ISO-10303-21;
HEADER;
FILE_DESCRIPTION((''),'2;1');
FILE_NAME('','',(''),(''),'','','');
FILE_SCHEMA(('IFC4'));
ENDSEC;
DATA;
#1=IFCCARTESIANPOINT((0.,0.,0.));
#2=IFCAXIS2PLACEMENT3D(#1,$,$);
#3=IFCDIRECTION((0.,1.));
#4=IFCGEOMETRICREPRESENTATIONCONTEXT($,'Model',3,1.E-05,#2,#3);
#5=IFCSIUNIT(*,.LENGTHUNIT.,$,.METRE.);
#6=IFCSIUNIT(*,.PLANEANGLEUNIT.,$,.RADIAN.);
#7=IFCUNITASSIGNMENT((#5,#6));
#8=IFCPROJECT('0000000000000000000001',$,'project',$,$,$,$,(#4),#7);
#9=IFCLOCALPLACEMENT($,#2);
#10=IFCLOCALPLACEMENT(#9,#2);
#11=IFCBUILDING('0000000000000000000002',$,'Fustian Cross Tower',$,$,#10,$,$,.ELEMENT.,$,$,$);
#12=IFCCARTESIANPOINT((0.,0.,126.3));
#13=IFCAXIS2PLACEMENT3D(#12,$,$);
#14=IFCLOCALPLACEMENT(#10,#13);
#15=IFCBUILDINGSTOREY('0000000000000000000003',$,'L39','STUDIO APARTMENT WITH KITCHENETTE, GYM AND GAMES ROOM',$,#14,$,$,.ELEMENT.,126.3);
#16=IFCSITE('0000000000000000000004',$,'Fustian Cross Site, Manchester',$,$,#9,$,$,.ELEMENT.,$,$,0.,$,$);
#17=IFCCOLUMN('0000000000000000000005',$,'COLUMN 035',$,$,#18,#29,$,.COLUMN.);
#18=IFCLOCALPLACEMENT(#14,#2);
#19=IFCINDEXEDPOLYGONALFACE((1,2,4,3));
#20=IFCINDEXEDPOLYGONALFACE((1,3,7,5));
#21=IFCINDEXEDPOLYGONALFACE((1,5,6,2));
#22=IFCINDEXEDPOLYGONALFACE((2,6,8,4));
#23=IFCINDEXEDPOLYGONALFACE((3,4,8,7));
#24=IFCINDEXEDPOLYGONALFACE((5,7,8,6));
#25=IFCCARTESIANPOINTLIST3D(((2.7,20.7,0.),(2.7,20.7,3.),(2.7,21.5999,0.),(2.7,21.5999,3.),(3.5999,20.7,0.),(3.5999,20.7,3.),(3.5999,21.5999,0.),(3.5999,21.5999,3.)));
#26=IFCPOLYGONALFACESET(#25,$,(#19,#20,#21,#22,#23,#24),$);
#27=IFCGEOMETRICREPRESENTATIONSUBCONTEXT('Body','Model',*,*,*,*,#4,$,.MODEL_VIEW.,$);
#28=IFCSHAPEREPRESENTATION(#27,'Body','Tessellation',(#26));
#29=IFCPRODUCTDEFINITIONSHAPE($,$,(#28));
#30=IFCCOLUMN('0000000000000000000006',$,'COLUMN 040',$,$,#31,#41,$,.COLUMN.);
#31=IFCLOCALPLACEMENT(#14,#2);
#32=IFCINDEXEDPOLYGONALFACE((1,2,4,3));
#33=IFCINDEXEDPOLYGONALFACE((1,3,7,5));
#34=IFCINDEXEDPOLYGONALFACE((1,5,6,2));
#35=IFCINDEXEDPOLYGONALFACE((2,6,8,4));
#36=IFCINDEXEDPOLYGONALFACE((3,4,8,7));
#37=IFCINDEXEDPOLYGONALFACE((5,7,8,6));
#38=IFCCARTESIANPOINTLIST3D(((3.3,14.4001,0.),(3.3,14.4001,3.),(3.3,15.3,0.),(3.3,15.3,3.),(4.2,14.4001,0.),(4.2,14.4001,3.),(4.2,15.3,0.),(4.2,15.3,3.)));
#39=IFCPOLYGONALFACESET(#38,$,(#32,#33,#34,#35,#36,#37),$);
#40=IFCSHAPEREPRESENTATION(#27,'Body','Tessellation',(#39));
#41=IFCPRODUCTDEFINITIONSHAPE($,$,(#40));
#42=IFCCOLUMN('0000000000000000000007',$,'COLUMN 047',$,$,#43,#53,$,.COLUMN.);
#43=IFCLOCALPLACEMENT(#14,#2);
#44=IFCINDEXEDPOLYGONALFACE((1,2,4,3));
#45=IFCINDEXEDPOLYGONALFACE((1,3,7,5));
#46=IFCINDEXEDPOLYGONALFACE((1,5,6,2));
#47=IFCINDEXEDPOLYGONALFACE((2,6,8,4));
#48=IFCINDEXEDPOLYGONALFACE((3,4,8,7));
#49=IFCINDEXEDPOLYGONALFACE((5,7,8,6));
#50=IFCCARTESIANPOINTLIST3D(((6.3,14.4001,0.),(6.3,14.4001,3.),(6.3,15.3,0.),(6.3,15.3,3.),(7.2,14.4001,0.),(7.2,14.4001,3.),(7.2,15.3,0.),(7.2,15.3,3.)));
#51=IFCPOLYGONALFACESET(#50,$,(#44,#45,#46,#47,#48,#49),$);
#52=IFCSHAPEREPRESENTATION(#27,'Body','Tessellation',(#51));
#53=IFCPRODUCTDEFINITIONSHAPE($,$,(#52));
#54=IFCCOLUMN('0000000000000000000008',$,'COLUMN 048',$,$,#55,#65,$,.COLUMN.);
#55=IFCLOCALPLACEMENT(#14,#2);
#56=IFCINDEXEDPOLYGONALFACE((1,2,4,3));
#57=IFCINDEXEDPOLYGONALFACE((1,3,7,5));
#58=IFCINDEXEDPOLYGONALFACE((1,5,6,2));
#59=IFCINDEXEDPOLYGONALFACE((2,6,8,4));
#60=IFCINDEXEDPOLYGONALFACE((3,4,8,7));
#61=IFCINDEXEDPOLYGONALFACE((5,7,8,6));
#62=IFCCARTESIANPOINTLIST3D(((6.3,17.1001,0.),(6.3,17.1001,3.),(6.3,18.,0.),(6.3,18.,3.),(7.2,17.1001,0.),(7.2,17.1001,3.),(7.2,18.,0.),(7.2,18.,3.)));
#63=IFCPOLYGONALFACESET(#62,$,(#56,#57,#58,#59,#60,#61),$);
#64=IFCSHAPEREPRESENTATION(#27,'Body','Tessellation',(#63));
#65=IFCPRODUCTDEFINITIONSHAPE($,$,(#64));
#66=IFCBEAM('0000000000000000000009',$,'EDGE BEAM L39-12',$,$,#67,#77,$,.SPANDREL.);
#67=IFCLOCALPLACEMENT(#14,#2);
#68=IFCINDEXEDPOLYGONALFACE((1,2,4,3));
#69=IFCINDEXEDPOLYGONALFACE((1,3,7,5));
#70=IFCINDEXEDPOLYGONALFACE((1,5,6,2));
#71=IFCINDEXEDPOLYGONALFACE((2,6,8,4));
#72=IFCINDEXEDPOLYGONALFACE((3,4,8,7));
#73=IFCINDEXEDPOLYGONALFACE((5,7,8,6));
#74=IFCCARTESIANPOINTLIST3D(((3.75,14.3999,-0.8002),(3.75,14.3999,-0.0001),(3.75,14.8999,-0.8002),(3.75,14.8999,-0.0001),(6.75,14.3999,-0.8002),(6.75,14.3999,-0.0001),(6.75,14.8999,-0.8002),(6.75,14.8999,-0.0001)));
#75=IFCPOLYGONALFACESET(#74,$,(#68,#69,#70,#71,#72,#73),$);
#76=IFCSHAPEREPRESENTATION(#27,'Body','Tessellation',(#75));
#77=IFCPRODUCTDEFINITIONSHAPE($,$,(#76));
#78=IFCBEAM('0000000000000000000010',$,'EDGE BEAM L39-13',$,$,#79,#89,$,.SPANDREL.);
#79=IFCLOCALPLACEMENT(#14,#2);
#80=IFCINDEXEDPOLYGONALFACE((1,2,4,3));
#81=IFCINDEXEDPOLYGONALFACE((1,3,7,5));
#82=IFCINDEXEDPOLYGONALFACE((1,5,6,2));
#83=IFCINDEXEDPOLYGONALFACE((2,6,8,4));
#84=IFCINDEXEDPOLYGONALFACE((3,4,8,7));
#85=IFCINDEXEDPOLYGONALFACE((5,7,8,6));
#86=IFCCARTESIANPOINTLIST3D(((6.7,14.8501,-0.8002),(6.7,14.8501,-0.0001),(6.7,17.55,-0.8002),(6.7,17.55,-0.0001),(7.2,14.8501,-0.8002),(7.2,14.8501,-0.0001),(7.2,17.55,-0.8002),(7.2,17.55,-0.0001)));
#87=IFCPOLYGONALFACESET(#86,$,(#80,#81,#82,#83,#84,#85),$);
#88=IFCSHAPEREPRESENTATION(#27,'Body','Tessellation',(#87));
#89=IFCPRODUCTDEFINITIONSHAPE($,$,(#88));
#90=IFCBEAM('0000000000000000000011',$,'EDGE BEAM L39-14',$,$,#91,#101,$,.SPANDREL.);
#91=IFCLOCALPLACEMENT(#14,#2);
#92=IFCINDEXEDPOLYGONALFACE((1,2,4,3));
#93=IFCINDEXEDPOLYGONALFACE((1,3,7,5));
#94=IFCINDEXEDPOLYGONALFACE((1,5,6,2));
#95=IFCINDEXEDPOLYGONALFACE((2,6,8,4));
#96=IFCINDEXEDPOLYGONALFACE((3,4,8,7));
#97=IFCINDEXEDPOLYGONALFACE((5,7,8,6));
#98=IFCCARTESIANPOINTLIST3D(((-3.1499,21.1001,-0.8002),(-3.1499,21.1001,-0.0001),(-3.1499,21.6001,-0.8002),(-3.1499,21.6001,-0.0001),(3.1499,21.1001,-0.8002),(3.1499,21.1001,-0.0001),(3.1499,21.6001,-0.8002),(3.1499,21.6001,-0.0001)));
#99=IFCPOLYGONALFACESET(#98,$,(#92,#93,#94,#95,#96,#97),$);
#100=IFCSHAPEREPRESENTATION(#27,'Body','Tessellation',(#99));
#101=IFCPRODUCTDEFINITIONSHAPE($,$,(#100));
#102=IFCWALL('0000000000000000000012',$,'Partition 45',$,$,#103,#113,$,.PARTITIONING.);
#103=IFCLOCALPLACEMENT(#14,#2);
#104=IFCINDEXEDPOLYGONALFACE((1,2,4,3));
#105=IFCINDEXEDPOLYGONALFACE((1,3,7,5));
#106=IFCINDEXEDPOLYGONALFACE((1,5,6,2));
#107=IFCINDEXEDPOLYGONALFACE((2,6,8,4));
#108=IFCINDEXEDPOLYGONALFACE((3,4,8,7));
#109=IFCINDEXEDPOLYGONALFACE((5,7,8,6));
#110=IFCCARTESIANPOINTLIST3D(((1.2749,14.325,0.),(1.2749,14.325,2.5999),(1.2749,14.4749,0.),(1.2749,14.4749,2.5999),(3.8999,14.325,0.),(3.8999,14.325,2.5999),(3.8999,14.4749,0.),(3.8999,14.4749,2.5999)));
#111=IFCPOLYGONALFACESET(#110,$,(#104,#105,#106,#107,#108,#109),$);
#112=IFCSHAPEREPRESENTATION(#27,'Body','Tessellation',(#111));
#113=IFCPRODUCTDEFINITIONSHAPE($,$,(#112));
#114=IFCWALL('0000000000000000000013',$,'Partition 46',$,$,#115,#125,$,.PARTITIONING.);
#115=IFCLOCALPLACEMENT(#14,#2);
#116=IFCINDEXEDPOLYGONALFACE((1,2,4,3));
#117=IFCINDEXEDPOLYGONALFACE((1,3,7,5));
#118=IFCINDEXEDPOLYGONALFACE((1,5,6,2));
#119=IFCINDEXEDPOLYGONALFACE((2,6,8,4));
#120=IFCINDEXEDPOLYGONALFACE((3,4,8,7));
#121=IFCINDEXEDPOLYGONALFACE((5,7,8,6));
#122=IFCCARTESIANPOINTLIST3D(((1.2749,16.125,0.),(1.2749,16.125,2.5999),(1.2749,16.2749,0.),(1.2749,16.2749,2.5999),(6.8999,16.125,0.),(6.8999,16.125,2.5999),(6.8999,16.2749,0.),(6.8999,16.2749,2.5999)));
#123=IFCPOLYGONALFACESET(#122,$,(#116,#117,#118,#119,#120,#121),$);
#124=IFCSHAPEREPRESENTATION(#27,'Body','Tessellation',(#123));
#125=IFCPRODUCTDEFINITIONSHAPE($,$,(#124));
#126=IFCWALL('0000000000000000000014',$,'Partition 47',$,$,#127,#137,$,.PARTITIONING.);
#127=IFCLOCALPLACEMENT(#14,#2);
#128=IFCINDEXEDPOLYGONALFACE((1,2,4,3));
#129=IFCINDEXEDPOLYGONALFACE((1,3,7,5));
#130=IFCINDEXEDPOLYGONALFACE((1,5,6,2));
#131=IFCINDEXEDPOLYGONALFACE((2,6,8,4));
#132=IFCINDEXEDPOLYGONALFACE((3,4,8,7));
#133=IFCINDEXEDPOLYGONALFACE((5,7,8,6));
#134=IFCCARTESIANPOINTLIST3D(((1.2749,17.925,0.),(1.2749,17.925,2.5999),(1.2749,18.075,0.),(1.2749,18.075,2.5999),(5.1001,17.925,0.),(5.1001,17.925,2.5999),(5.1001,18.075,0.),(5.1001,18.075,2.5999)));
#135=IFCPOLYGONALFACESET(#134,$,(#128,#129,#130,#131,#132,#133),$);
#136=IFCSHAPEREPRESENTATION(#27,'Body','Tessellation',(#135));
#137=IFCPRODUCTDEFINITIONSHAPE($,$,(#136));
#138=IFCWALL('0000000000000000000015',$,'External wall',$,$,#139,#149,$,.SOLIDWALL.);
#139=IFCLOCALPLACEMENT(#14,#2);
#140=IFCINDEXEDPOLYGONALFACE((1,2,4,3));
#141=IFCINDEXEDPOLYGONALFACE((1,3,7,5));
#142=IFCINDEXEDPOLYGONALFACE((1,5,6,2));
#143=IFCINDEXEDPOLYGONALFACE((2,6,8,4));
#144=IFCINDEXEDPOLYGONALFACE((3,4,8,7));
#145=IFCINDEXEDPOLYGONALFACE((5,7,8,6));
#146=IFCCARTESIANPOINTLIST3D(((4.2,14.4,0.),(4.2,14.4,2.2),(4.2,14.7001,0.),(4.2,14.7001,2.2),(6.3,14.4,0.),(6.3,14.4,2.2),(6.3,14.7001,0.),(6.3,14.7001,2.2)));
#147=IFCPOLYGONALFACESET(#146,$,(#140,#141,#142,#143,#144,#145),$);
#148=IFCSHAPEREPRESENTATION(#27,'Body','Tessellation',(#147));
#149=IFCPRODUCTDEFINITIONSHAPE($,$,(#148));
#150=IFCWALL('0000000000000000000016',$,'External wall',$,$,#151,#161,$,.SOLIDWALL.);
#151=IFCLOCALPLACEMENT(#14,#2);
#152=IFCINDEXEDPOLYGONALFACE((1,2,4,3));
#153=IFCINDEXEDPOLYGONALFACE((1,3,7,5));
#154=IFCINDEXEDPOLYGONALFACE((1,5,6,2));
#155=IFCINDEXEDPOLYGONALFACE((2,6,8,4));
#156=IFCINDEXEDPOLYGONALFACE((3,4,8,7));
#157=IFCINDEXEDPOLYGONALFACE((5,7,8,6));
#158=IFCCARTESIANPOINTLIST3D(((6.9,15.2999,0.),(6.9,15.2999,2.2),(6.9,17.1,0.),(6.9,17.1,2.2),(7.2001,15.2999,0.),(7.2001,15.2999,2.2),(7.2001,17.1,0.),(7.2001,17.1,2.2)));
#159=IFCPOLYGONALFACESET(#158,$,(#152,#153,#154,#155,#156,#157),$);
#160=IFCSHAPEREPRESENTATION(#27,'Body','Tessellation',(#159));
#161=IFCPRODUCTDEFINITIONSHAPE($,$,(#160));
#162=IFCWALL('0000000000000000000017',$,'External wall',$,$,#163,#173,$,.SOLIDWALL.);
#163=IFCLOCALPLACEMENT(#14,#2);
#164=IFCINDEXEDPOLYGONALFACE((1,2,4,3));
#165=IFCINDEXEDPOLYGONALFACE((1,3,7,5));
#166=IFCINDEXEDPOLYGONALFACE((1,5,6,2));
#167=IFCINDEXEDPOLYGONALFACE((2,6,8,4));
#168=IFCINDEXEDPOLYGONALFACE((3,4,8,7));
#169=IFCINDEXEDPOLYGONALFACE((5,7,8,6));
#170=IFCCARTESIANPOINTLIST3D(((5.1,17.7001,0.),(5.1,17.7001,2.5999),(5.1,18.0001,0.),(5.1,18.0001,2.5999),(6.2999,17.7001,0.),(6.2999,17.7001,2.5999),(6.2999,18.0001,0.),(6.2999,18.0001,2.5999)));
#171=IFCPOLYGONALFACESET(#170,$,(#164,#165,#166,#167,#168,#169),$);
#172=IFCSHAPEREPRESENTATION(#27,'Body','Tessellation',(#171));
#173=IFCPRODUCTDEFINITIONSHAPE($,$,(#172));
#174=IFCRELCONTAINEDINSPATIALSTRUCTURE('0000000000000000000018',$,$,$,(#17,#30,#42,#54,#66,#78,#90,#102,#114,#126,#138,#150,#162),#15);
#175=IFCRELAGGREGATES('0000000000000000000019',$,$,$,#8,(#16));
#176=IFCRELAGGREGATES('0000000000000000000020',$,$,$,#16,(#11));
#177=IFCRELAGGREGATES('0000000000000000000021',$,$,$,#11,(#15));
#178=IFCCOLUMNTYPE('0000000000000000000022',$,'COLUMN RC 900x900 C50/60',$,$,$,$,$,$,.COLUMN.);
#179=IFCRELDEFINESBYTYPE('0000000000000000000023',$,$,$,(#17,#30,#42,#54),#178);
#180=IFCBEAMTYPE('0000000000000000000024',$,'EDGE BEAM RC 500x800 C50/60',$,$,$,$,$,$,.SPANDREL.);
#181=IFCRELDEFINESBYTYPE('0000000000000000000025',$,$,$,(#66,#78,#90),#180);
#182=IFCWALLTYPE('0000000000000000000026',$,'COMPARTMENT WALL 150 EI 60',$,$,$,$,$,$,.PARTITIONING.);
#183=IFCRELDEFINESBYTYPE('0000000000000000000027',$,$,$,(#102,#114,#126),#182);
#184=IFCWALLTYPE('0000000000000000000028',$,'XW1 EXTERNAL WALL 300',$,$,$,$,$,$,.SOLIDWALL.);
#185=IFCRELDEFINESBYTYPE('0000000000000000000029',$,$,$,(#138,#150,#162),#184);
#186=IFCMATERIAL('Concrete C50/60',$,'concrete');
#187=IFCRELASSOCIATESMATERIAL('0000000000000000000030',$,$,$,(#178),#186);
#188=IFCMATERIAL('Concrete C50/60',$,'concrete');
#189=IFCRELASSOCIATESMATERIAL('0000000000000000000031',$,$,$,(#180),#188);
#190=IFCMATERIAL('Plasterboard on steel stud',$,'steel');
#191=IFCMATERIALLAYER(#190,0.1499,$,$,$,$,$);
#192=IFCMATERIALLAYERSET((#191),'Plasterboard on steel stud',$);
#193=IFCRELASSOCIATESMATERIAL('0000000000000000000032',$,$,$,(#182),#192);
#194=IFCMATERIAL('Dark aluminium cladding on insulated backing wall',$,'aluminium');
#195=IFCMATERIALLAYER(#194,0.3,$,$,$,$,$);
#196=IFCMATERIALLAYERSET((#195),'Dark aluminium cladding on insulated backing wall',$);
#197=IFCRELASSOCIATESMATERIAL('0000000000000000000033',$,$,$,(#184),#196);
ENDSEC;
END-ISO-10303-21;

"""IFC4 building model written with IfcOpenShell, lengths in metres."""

from ifc_helpers import new_model, si_unit, direction, frame, frame_2d, origin, origin_2d, place, context, subcontext, project, spatial, rectangle, extrude, material, layer, layer_set, material_profile, profile_set, type_object, element, save


model = new_model("IFC4")

# Units and contexts
model_context = context("Model", 3, precision=1e-05, world=origin(), true_north=direction((0.0, 1.0)))
body_context = subcontext(model_context, "Body", "Model", "MODEL_VIEW")
ifc_project = project(units=[si_unit("LENGTHUNIT", "METRE"), si_unit("PLANEANGLEUNIT", "RADIAN")], contexts=[model_context])

# Site, building, storey
site_placement = place(None, origin())
site = spatial("IfcSite", under=ifc_project, at=site_placement, Name="Fustian Cross Site, Manchester", CompositionType="ELEMENT", RefElevation=0.0)
building_placement = place(site_placement, origin())
building = spatial("IfcBuilding", under=site, at=building_placement, Name="Fustian Cross Tower", CompositionType="ELEMENT")
storey_placement = place(building_placement, frame((0.0, 0.0, 126.3)))
storey = spatial("IfcBuildingStorey", under=building, at=storey_placement, Name="L39", Description="STUDIO APARTMENT WITH KITCHENETTE, GYM AND GAMES ROOM", CompositionType="ELEMENT", Elevation=126.3)

# Columns
ifc_material_1 = material(Name="Concrete C50/60", Category="concrete")
ifc_material_profile_1 = material_profile(ifc_material_1, rectangle(XDim=0.8999, YDim=0.8999, at=origin_2d()), Name="RC 900x900")
ifc_profile_set_1 = profile_set([ifc_material_profile_1], Name="Concrete C50/60")
column_type = type_object("IfcColumnType", Name="COLUMN RC 900x900 C50/60", PredefinedType="COLUMN", material=ifc_profile_set_1)
for number, where, z_axis, x_axis, name in (
    (1, (3.1499, 21.1499, 0.0), (0.0, 0.0, 1.0), (1.0, 0.0, 0.0), "COLUMN 035"),
    (2, (3.75, 14.8501, 0.0), (0.0, 0.0, 1.0), (1.0, 0.0, 0.0), "COLUMN 040"),
    (3, (6.75, 14.8501, 0.0), (0.0, 0.0, 1.0), (1.0, 0.0, 0.0), "COLUMN 047"),
    (4, (6.75, 17.55, 0.0), (0.0, 0.0, 1.0), (1.0, 0.0, 0.0), "COLUMN 048"),
):
    element("IfcColumn", number, at=place(storey_placement, frame(where, z_axis=z_axis, x_axis=x_axis)), inside=storey, type_object=column_type, Name=name, PredefinedType="COLUMN", context=body_context, shape_type="SweptSolid", body=[
        extrude(rectangle(XDim=0.8999, YDim=0.8999, at=origin_2d()), origin(), (0.0, 0.0, 1.0), 3.0),
    ])

# Beams
ifc_material_2 = material(Name="Concrete C50/60", Category="concrete")
ifc_material_profile_2 = material_profile(ifc_material_2, rectangle(XDim=0.5, YDim=0.8, at=origin_2d()), Name="RC 500x800")
ifc_profile_set_2 = profile_set([ifc_material_profile_2], Name="Concrete C50/60")
beam_type = type_object("IfcBeamType", Name="EDGE BEAM RC 500x800 C50/60", PredefinedType="SPANDREL", material=ifc_profile_set_2)
beam_1_placement = place(storey_placement, frame((3.75, 14.6499, -0.4001), z_axis=(1.0, 0.0, 0.0), x_axis=(0.0, 1.0, 0.0)))
element("IfcBeam", 5, at=beam_1_placement, inside=storey, type_object=beam_type, Name="EDGE BEAM L39-12", PredefinedType="SPANDREL", context=body_context, shape_type="SweptSolid", body=[
    extrude(rectangle(XDim=0.5, YDim=0.8, at=origin_2d()), origin(), (0.0, 0.0, 1.0), 3.0),
])
beam_2_placement = place(storey_placement, frame((6.95, 14.8501, -0.4001), z_axis=(0.0, 1.0, 0.0), x_axis=(-1.0, 0.0, 0.0)))
element("IfcBeam", 6, at=beam_2_placement, inside=storey, type_object=beam_type, Name="EDGE BEAM L39-13", PredefinedType="SPANDREL", context=body_context, shape_type="SweptSolid", body=[
    extrude(rectangle(XDim=0.5, YDim=0.8, at=origin_2d()), origin(), (0.0, 0.0, 1.0), 2.7),
])
beam_3_placement = place(storey_placement, frame((3.1499, 21.3501, -0.4001), z_axis=(-1.0, 0.0, 0.0), x_axis=(0.0, -1.0, 0.0)))
element("IfcBeam", 7, at=beam_3_placement, inside=storey, type_object=beam_type, Name="EDGE BEAM L39-14", PredefinedType="SPANDREL", context=body_context, shape_type="SweptSolid", body=[
    extrude(rectangle(XDim=0.5, YDim=0.8, at=origin_2d()), origin(), (0.0, 0.0, 1.0), 6.2998),
])

# Walls
ifc_material_3 = material(Name="Plasterboard on steel stud", Category="steel")
ifc_layer_1 = layer(ifc_material_3, 0.1499)
ifc_layer_set_1 = layer_set([ifc_layer_1], Name="Plasterboard on steel stud")
wall_type_1 = type_object("IfcWallType", Name="COMPARTMENT WALL 150 EI 60", PredefinedType="PARTITIONING", material=ifc_layer_set_1)
wall_1_placement = place(storey_placement, frame((1.2749, 14.3999, 0.0), z_axis=(0.0, 0.0, 1.0), x_axis=(1.0, 0.0, 0.0)))
element("IfcWall", 8, at=wall_1_placement, inside=storey, type_object=wall_type_1, Name="Partition 45", PredefinedType="PARTITIONING", context=body_context, shape_type="SweptSolid", body=[
    extrude(rectangle(XDim=2.625, YDim=0.1499, at=frame_2d((1.3125, 0.0))), origin(), (0.0, 0.0, 1.0), 2.5999),
])
wall_2_placement = place(storey_placement, frame((1.2749, 16.2, 0.0), z_axis=(0.0, 0.0, 1.0), x_axis=(1.0, 0.0, 0.0)))
element("IfcWall", 9, at=wall_2_placement, inside=storey, type_object=wall_type_1, Name="Partition 46", PredefinedType="PARTITIONING", context=body_context, shape_type="SweptSolid", body=[
    extrude(rectangle(XDim=5.625, YDim=0.1499, at=frame_2d((2.8125, 0.0))), origin(), (0.0, 0.0, 1.0), 2.5999),
])
wall_3_placement = place(storey_placement, frame((1.2749, 18.0, 0.0), z_axis=(0.0, 0.0, 1.0), x_axis=(1.0, 0.0, 0.0)))
element("IfcWall", 10, at=wall_3_placement, inside=storey, type_object=wall_type_1, Name="Partition 47", PredefinedType="PARTITIONING", context=body_context, shape_type="SweptSolid", body=[
    extrude(rectangle(XDim=3.8252, YDim=0.1499, at=frame_2d((1.9126, 0.0))), origin(), (0.0, 0.0, 1.0), 2.5999),
])
ifc_material_4 = material(Name="Dark aluminium cladding on insulated backing wall", Category="aluminium")
ifc_layer_2 = layer(ifc_material_4, 0.3)
ifc_layer_set_2 = layer_set([ifc_layer_2], Name="Dark aluminium cladding on insulated backing wall")
wall_type_2 = type_object("IfcWallType", Name="XW1 EXTERNAL WALL 300", PredefinedType="SOLIDWALL", material=ifc_layer_set_2)
wall_4_placement = place(storey_placement, frame((4.2, 14.55, 0.0), z_axis=(0.0, 0.0, 1.0), x_axis=(1.0, 0.0, 0.0)))
element("IfcWall", 11, at=wall_4_placement, inside=storey, type_object=wall_type_2, Name="External wall", PredefinedType="SOLIDWALL", context=body_context, shape_type="SweptSolid", body=[
    extrude(rectangle(XDim=2.1001, YDim=0.3, at=frame_2d((1.05, 0.0))), origin(), (0.0, 0.0, 1.0), 2.2),
])
wall_5_placement = place(storey_placement, frame((7.05, 15.3, 0.0), z_axis=(0.0, 0.0, 1.0), x_axis=(0.0, 1.0, 0.0)))
element("IfcWall", 12, at=wall_5_placement, inside=storey, type_object=wall_type_2, Name="External wall", PredefinedType="SOLIDWALL", context=body_context, shape_type="SweptSolid", body=[
    extrude(rectangle(XDim=1.8, YDim=0.3, at=frame_2d((0.8999, 0.0))), origin(), (0.0, 0.0, 1.0), 2.2),
])
wall_6_placement = place(storey_placement, frame((6.3, 17.8501, 0.0), z_axis=(0.0, 0.0, 1.0), x_axis=(-1.0, 0.0, 0.0)))
element("IfcWall", 13, at=wall_6_placement, inside=storey, type_object=wall_type_2, Name="External wall", PredefinedType="SOLIDWALL", context=body_context, shape_type="SweptSolid", body=[
    extrude(rectangle(XDim=1.2, YDim=0.3, at=frame_2d((0.6001, 0.0))), origin(), (0.0, 0.0, 1.0), 2.5999),
])

save(model, "model.ifc")
